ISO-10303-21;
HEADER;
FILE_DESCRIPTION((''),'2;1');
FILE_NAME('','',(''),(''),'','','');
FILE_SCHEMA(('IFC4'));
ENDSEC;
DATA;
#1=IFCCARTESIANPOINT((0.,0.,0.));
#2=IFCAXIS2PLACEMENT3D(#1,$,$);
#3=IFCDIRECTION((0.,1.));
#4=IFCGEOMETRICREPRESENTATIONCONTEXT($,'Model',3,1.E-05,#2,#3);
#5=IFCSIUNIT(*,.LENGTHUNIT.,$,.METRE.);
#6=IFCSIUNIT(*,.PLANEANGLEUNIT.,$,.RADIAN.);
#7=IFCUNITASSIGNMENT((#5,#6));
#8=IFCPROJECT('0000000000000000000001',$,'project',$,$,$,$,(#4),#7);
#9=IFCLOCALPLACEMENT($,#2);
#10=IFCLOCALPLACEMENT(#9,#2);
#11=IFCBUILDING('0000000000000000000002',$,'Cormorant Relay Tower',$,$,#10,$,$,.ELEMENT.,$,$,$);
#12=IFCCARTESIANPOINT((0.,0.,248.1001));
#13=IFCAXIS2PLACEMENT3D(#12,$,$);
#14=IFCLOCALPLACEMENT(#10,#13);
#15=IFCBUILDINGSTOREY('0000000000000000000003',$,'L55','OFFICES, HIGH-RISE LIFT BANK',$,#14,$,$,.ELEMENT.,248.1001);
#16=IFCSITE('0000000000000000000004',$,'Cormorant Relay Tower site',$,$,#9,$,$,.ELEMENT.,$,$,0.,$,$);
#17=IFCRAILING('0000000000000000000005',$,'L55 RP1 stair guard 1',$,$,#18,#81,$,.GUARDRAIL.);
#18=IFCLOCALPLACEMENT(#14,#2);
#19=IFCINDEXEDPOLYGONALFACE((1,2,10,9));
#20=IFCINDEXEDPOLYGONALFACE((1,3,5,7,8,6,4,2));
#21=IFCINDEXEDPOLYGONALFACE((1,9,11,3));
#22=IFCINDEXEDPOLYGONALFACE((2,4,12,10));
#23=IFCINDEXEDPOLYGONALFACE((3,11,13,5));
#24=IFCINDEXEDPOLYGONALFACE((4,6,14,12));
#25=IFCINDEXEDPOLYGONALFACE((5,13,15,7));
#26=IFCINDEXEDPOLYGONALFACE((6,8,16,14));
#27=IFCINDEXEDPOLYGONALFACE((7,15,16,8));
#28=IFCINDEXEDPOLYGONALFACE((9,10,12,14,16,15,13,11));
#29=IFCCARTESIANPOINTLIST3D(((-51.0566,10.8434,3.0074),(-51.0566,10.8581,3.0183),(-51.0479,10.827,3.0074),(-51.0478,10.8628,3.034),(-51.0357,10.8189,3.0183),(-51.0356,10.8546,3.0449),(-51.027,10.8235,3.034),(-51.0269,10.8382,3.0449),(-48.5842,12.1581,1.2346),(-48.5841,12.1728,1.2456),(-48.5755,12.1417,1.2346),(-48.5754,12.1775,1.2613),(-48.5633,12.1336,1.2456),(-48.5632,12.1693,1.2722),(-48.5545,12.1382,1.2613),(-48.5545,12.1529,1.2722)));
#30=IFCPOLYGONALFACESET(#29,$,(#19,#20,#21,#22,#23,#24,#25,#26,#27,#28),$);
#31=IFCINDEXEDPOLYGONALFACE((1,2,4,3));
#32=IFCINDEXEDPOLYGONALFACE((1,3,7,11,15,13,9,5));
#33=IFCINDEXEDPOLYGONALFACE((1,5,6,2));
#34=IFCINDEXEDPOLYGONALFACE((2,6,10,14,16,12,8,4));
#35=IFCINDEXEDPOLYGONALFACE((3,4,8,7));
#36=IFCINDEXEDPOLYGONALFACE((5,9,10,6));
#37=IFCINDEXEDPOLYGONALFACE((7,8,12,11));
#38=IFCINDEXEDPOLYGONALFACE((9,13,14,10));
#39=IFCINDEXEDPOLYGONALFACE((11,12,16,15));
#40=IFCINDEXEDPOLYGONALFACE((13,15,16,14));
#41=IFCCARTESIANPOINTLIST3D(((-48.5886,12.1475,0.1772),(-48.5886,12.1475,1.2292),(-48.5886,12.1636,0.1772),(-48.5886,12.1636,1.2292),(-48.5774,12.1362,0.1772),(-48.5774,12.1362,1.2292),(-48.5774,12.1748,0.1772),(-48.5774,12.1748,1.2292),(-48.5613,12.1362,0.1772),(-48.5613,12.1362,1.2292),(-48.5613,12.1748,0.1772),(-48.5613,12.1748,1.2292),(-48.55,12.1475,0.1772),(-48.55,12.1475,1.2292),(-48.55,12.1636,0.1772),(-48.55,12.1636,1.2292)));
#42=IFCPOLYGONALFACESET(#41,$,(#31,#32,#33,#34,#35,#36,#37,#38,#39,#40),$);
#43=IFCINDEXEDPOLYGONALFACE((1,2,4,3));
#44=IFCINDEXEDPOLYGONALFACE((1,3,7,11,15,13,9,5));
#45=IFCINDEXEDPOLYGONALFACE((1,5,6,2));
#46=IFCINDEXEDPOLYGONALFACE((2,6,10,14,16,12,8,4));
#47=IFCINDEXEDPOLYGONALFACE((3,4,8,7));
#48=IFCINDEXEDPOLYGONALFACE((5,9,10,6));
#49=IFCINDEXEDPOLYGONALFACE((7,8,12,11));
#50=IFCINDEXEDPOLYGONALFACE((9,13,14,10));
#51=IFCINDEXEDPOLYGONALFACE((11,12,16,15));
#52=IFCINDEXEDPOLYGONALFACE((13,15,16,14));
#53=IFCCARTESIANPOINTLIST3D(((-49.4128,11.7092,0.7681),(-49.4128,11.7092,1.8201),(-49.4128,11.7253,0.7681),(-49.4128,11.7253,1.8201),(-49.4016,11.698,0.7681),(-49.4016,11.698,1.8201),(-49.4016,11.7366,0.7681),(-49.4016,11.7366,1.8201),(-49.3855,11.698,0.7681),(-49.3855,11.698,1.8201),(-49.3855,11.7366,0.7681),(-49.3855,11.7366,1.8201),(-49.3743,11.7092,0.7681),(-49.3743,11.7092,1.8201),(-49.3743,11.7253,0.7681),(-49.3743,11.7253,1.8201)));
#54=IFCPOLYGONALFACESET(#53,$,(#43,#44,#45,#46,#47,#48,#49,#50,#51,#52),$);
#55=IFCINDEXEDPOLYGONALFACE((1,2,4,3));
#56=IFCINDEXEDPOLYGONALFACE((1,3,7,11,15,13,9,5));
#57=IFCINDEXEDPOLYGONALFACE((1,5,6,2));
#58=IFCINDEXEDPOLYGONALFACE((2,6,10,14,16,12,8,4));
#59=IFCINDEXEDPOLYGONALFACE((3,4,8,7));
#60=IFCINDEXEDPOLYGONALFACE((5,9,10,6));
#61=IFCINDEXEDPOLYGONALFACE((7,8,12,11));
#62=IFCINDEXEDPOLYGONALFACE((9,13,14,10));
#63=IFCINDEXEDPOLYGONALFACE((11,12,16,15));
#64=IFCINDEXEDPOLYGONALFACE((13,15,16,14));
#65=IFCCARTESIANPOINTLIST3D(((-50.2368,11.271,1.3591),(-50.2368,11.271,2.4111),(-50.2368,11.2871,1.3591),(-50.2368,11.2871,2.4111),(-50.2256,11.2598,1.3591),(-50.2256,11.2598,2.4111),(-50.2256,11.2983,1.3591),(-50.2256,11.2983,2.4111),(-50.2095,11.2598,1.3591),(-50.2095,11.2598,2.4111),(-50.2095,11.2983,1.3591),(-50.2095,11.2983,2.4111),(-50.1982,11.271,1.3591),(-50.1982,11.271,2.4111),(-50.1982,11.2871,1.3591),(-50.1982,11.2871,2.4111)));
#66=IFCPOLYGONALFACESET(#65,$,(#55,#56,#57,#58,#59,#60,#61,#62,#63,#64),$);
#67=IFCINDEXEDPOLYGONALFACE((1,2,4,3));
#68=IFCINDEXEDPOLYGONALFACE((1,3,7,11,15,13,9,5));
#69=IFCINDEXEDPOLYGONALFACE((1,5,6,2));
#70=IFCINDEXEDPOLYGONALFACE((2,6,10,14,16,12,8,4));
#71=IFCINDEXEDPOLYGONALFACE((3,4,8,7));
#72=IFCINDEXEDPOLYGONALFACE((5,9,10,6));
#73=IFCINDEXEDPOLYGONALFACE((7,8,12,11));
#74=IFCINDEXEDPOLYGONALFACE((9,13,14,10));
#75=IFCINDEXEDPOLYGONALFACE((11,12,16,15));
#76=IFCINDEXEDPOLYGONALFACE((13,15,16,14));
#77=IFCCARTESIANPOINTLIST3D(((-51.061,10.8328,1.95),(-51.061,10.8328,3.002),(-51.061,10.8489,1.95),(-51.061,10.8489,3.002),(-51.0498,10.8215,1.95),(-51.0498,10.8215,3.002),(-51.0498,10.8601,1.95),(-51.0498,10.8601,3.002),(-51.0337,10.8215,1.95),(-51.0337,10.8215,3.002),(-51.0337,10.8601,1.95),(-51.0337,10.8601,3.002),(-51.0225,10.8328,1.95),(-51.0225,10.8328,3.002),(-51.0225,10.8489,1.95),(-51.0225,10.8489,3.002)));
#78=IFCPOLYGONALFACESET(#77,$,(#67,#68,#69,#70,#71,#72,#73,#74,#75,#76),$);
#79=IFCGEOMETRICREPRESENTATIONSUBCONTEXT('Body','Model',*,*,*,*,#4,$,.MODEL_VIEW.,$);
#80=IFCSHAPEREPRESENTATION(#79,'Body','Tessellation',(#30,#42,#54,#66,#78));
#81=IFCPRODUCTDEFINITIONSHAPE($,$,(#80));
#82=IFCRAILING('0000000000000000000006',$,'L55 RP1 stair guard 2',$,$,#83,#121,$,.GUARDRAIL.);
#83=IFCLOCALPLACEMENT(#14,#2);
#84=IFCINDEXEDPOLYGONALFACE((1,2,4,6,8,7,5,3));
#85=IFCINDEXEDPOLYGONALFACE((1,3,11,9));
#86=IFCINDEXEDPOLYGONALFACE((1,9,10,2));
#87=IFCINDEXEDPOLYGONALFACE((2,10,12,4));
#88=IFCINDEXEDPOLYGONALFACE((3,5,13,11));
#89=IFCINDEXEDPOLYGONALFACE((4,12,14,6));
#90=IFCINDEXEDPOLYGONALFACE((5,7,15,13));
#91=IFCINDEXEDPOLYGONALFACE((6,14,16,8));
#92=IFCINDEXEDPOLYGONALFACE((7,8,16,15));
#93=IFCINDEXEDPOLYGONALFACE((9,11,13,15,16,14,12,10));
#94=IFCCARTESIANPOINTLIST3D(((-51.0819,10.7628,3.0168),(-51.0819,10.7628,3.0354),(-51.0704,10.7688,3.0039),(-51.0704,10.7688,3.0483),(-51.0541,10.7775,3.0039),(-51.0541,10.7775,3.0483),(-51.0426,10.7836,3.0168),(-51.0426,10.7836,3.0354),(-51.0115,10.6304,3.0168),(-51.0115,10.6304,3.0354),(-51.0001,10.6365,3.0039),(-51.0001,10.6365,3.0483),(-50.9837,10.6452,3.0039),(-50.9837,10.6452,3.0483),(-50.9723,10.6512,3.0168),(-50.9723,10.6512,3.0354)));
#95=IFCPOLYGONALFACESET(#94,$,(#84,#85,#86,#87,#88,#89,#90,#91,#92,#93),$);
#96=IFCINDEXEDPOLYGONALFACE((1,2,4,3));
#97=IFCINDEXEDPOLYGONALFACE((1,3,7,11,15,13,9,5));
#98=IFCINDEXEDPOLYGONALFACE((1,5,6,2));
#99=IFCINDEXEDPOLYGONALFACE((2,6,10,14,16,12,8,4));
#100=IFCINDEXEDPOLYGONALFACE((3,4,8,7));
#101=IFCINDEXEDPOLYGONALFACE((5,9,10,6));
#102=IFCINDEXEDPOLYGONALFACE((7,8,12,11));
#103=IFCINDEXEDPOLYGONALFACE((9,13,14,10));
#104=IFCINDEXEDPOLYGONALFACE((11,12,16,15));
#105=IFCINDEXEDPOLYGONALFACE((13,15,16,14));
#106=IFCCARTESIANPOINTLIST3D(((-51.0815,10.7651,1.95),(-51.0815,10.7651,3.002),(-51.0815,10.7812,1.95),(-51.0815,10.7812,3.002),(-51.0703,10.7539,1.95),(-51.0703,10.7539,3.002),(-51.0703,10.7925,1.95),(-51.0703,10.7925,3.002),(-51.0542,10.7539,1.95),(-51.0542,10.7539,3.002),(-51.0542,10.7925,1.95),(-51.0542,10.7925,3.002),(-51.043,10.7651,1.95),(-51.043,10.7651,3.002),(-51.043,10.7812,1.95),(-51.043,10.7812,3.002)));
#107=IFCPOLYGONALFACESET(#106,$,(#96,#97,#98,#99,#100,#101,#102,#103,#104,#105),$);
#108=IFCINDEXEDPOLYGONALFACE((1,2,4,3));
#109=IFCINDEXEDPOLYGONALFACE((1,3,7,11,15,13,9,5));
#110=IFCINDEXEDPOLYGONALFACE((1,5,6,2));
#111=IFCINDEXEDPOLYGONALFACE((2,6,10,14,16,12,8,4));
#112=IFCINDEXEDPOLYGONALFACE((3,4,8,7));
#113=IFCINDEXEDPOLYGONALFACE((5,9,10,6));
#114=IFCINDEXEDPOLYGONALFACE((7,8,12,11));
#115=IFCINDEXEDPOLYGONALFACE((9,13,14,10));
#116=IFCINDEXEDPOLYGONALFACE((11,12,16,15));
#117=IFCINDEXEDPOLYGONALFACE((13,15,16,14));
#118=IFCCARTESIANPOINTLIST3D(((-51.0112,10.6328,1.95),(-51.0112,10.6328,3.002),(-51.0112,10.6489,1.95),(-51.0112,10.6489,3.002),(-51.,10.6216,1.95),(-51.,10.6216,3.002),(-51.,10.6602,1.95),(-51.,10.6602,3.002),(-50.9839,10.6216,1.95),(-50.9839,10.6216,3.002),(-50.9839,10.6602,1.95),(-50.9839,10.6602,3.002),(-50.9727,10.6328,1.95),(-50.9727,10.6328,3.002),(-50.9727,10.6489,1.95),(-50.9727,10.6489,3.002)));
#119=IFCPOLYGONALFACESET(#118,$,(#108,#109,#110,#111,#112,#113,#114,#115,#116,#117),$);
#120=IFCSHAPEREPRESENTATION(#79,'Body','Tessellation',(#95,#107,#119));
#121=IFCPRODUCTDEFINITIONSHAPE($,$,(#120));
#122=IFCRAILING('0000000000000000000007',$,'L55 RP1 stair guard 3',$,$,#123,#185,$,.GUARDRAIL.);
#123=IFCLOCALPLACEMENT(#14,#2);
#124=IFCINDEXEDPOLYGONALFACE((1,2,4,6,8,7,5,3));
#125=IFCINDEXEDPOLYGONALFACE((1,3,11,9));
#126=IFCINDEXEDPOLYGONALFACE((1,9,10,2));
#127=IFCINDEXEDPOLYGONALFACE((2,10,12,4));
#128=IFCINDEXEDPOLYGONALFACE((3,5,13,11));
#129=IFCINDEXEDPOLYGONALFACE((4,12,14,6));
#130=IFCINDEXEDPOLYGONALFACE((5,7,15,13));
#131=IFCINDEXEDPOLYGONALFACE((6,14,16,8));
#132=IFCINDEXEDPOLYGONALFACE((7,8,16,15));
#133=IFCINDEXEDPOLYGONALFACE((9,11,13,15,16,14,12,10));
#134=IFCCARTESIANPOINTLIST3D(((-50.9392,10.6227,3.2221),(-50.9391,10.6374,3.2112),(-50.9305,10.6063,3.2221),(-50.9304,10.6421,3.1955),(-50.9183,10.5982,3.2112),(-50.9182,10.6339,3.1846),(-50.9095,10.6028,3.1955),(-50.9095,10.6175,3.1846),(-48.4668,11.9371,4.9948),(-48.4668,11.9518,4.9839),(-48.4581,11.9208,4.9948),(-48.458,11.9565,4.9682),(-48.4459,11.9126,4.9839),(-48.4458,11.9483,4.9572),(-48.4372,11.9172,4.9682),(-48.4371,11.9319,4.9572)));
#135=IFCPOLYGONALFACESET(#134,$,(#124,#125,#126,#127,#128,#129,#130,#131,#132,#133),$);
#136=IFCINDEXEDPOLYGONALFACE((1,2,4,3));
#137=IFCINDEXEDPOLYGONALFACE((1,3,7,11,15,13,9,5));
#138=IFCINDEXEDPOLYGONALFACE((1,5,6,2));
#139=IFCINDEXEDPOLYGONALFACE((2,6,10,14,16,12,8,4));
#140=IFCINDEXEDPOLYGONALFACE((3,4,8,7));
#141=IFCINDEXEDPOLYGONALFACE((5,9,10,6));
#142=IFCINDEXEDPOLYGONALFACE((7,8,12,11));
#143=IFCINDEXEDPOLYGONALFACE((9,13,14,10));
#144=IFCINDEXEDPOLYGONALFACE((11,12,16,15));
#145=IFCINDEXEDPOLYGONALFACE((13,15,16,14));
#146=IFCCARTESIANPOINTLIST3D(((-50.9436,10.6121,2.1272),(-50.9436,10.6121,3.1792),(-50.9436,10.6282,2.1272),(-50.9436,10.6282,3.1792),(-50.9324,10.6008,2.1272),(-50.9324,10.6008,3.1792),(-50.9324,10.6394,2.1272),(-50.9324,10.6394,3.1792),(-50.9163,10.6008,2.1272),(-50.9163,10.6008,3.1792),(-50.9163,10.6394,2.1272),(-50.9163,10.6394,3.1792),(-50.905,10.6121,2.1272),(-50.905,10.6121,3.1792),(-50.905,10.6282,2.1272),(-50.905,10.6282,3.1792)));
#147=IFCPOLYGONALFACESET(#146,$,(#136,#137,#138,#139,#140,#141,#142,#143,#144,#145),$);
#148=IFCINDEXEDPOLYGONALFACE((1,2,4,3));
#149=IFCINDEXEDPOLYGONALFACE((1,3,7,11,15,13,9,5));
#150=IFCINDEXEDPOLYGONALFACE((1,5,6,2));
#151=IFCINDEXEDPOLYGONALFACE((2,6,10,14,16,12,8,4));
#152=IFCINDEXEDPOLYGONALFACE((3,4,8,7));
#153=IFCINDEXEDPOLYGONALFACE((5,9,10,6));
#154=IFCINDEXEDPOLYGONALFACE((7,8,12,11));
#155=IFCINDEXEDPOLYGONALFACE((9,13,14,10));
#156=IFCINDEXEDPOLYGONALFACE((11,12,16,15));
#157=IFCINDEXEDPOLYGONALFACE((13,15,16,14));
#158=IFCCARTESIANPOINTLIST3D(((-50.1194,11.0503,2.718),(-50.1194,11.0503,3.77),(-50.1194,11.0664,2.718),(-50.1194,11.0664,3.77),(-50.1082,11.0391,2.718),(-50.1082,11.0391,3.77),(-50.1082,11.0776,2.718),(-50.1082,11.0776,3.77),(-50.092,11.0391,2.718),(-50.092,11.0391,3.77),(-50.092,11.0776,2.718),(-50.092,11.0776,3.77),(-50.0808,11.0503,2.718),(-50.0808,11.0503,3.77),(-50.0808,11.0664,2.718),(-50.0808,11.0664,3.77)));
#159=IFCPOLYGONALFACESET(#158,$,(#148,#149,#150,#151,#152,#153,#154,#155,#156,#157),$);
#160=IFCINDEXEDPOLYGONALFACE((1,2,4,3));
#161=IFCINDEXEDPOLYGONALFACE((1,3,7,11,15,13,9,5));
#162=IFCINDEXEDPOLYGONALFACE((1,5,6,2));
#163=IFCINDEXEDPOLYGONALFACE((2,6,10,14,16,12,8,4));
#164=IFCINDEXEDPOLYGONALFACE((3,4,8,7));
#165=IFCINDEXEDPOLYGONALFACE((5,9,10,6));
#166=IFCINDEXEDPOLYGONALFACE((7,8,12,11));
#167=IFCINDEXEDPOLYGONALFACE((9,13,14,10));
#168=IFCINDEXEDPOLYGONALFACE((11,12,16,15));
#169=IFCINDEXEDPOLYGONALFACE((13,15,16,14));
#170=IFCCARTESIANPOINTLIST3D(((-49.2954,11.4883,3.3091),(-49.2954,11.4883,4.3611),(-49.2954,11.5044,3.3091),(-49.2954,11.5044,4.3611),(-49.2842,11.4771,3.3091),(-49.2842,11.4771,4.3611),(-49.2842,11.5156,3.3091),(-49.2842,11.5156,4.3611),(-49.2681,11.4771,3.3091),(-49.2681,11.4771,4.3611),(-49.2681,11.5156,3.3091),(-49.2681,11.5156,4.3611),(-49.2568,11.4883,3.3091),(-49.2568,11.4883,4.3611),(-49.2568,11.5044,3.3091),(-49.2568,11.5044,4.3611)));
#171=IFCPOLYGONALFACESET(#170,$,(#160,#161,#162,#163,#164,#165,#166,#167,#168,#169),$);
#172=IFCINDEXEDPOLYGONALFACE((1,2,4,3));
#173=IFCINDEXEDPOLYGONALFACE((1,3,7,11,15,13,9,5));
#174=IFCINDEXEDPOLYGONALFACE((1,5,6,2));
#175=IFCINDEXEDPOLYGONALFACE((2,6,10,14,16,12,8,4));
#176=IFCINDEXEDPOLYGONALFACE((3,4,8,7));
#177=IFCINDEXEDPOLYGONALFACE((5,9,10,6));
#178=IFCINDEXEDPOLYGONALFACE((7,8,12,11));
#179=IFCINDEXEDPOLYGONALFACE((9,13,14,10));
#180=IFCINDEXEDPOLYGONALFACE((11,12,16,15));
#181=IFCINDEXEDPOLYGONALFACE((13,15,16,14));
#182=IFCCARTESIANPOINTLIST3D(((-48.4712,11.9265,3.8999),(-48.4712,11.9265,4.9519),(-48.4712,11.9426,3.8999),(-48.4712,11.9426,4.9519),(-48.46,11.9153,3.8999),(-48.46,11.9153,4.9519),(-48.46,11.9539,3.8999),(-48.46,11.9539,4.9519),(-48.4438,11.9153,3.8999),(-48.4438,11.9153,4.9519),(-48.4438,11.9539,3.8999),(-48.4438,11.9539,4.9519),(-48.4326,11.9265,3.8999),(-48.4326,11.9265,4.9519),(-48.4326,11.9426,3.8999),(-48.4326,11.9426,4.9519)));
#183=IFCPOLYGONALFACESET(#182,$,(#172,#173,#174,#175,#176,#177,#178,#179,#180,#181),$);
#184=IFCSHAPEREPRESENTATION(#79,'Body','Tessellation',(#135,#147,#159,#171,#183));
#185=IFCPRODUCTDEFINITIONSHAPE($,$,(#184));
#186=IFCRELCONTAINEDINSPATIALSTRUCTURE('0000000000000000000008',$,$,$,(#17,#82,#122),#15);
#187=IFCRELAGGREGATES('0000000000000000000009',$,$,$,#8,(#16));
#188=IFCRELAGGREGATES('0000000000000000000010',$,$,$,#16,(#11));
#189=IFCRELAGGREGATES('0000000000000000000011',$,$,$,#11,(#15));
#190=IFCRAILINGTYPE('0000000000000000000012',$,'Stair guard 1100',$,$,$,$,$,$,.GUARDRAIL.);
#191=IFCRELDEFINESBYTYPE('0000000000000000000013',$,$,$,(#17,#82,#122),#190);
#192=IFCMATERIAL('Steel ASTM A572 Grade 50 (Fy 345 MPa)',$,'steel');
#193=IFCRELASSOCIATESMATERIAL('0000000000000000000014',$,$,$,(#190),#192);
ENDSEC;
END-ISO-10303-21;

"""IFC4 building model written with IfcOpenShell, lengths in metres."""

from ifc_helpers import new_model, si_unit, direction, frame, origin, place, context, subcontext, project, spatial, polyline, outline, extrude, material, type_object, element, save


model = new_model("IFC4")

# Units and contexts
model_context = context("Model", 3, precision=1e-05, world=origin(), true_north=direction((0.0, 1.0)))
body_context = subcontext(model_context, "Body", "Model", "MODEL_VIEW")
ifc_project = project(units=[si_unit("LENGTHUNIT", "METRE"), si_unit("PLANEANGLEUNIT", "RADIAN")], contexts=[model_context])

# Site, building, storey
site_placement = place(None, origin())
site = spatial("IfcSite", under=ifc_project, at=site_placement, Name="Cormorant Relay Tower site", CompositionType="ELEMENT", RefElevation=0.0)
building_placement = place(site_placement, origin())
building = spatial("IfcBuilding", under=site, at=building_placement, Name="Cormorant Relay Tower", CompositionType="ELEMENT")
storey_placement = place(building_placement, frame((0.0, 0.0, 248.1001)))
storey = spatial("IfcBuildingStorey", under=building, at=storey_placement, Name="L55", Description="OFFICES, HIGH-RISE LIFT BANK", CompositionType="ELEMENT", Elevation=248.1001)

# Railings
ifc_material_1 = material(Name="Steel ASTM A572 Grade 50 (Fy 345 MPa)", Category="steel")
railing_type_1 = type_object("IfcRailingType", Name="Stair guard 1100", PredefinedType="GUARDRAIL", material=ifc_material_1)
railing_1_placement = place(storey_placement, frame((-48.5693, 12.1555, 0.1772)))
element("IfcRailing", 1, at=railing_1_placement, inside=storey, type_object=railing_type_1, Name="L55 RP1 stair guard 1", PredefinedType="GUARDRAIL", context=body_context, shape_type="SweptSolid", body=[
    extrude(outline(polyline([(0.0222, 0.0093), (0.0093, 0.0222), (-0.0093, 0.0222), (-0.0222, 0.0093), (-0.0222, -0.0093), (-0.0093, -0.0222), (0.0093, -0.0222), (0.0222, -0.0093), (0.0222, 0.0093)])), frame((0.0, 0.0, 1.0762), z_axis=(-0.746012, -0.39669, 0.534886), x_axis=(0.469497, -0.882934, 0.0)), (0.0, 0.0, 1.0), 3.3142),
    extrude(outline(polyline([(0.0193, 0.0081), (0.0081, 0.0193), (-0.0081, 0.0193), (-0.0193, 0.0081), (-0.0193, -0.0081), (-0.0081, -0.0193), (0.0081, -0.0193), (0.0193, -0.0081), (0.0193, 0.0081)])), origin(), (0.0, 0.0, 1.0), 1.052),
    extrude(outline(polyline([(0.0193, 0.0081), (0.0081, 0.0193), (-0.0081, 0.0193), (-0.0193, 0.0081), (-0.0193, -0.0081), (-0.0081, -0.0193), (0.0081, -0.0193), (0.0193, -0.0081), (0.0193, 0.0081)])), frame((-0.8242, -0.4382, 0.5908)), (0.0, 0.0, 1.0), 1.052),
    extrude(outline(polyline([(0.0193, 0.0081), (0.0081, 0.0193), (-0.0081, 0.0193), (-0.0193, 0.0081), (-0.0193, -0.0081), (-0.0081, -0.0193), (0.0081, -0.0193), (0.0193, -0.0081), (0.0193, 0.0081)])), frame((-1.6482, -0.8765, 1.1819)), (0.0, 0.0, 1.0), 1.052),
    extrude(outline(polyline([(0.0193, 0.0081), (0.0081, 0.0193), (-0.0081, 0.0193), (-0.0193, 0.0081), (-0.0193, -0.0081), (-0.0081, -0.0193), (0.0081, -0.0193), (0.0193, -0.0081), (0.0193, 0.0081)])), frame((-2.4724, -1.3147, 1.7727)), (0.0, 0.0, 1.0), 1.052),
])
railing_2_placement = place(storey_placement, frame((-51.0623, 10.7732, 1.95)))
element("IfcRailing", 2, at=railing_2_placement, inside=storey, type_object=railing_type_1, Name="L55 RP1 stair guard 2", PredefinedType="GUARDRAIL", context=body_context, shape_type="SweptSolid", body=[
    extrude(outline(polyline([(0.0222, 0.0093), (0.0093, 0.0222), (-0.0093, 0.0222), (-0.0222, 0.0093), (-0.0222, -0.0093), (-0.0093, -0.0222), (0.0093, -0.0222), (0.0222, -0.0093), (0.0222, 0.0093)])), frame((0.0, 0.0, 1.0762), z_axis=(0.469235, -0.883074, 0.0), x_axis=(0.883074, 0.469235, 0.0)), (0.0, 0.0, 1.0), 0.1499),
    extrude(outline(polyline([(0.0193, 0.0081), (0.0081, 0.0193), (-0.0081, 0.0193), (-0.0193, 0.0081), (-0.0193, -0.0081), (-0.0081, -0.0193), (0.0081, -0.0193), (0.0193, -0.0081), (0.0193, 0.0081)])), origin(), (0.0, 0.0, 1.0), 1.052),
    extrude(outline(polyline([(0.0193, 0.0081), (0.0081, 0.0193), (-0.0081, 0.0193), (-0.0193, 0.0081), (-0.0193, -0.0081), (-0.0081, -0.0193), (0.0081, -0.0193), (0.0193, -0.0081), (0.0193, 0.0081)])), frame((0.0703, -0.1323, 0.0)), (0.0, 0.0, 1.0), 1.052),
])
railing_3_placement = place(storey_placement, frame((-50.9243, 10.6201, 2.1272)))
element("IfcRailing", 3, at=railing_3_placement, inside=storey, type_object=railing_type_1, Name="L55 RP1 stair guard 3", PredefinedType="GUARDRAIL", context=body_context, shape_type="SweptSolid", body=[
    extrude(outline(polyline([(0.0222, 0.0093), (0.0093, 0.0222), (-0.0093, 0.0222), (-0.0222, 0.0093), (-0.0222, -0.0093), (-0.0093, -0.0222), (0.0093, -0.0222), (0.0222, -0.0093), (0.0222, 0.0093)])), frame((0.0, 0.0, 1.0762), z_axis=(0.746034, 0.396627, 0.534902), x_axis=(-0.469429, 0.88297, 0.0)), (0.0, 0.0, 1.0), 3.314),
    extrude(outline(polyline([(0.0193, 0.0081), (0.0081, 0.0193), (-0.0081, 0.0193), (-0.0193, 0.0081), (-0.0193, -0.0081), (-0.0081, -0.0193), (0.0081, -0.0193), (0.0193, -0.0081), (0.0193, 0.0081)])), origin(), (0.0, 0.0, 1.0), 1.052),
    extrude(outline(polyline([(0.0193, 0.0081), (0.0081, 0.0193), (-0.0081, 0.0193), (-0.0193, 0.0081), (-0.0193, -0.0081), (-0.0081, -0.0193), (0.0081, -0.0193), (0.0193, -0.0081), (0.0193, 0.0081)])), frame((0.8242, 0.4382, 0.5908)), (0.0, 0.0, 1.0), 1.052),
    extrude(outline(polyline([(0.0193, 0.0081), (0.0081, 0.0193), (-0.0081, 0.0193), (-0.0193, 0.0081), (-0.0193, -0.0081), (-0.0081, -0.0193), (0.0081, -0.0193), (0.0193, -0.0081), (0.0193, 0.0081)])), frame((1.6482, 0.8762, 1.1819)), (0.0, 0.0, 1.0), 1.052),
    extrude(outline(polyline([(0.0193, 0.0081), (0.0081, 0.0193), (-0.0081, 0.0193), (-0.0193, 0.0081), (-0.0193, -0.0081), (-0.0081, -0.0193), (0.0081, -0.0193), (0.0193, -0.0081), (0.0193, 0.0081)])), frame((2.4724, 1.3145, 1.7727)), (0.0, 0.0, 1.0), 1.052),
])

save(model, "model.ifc")
